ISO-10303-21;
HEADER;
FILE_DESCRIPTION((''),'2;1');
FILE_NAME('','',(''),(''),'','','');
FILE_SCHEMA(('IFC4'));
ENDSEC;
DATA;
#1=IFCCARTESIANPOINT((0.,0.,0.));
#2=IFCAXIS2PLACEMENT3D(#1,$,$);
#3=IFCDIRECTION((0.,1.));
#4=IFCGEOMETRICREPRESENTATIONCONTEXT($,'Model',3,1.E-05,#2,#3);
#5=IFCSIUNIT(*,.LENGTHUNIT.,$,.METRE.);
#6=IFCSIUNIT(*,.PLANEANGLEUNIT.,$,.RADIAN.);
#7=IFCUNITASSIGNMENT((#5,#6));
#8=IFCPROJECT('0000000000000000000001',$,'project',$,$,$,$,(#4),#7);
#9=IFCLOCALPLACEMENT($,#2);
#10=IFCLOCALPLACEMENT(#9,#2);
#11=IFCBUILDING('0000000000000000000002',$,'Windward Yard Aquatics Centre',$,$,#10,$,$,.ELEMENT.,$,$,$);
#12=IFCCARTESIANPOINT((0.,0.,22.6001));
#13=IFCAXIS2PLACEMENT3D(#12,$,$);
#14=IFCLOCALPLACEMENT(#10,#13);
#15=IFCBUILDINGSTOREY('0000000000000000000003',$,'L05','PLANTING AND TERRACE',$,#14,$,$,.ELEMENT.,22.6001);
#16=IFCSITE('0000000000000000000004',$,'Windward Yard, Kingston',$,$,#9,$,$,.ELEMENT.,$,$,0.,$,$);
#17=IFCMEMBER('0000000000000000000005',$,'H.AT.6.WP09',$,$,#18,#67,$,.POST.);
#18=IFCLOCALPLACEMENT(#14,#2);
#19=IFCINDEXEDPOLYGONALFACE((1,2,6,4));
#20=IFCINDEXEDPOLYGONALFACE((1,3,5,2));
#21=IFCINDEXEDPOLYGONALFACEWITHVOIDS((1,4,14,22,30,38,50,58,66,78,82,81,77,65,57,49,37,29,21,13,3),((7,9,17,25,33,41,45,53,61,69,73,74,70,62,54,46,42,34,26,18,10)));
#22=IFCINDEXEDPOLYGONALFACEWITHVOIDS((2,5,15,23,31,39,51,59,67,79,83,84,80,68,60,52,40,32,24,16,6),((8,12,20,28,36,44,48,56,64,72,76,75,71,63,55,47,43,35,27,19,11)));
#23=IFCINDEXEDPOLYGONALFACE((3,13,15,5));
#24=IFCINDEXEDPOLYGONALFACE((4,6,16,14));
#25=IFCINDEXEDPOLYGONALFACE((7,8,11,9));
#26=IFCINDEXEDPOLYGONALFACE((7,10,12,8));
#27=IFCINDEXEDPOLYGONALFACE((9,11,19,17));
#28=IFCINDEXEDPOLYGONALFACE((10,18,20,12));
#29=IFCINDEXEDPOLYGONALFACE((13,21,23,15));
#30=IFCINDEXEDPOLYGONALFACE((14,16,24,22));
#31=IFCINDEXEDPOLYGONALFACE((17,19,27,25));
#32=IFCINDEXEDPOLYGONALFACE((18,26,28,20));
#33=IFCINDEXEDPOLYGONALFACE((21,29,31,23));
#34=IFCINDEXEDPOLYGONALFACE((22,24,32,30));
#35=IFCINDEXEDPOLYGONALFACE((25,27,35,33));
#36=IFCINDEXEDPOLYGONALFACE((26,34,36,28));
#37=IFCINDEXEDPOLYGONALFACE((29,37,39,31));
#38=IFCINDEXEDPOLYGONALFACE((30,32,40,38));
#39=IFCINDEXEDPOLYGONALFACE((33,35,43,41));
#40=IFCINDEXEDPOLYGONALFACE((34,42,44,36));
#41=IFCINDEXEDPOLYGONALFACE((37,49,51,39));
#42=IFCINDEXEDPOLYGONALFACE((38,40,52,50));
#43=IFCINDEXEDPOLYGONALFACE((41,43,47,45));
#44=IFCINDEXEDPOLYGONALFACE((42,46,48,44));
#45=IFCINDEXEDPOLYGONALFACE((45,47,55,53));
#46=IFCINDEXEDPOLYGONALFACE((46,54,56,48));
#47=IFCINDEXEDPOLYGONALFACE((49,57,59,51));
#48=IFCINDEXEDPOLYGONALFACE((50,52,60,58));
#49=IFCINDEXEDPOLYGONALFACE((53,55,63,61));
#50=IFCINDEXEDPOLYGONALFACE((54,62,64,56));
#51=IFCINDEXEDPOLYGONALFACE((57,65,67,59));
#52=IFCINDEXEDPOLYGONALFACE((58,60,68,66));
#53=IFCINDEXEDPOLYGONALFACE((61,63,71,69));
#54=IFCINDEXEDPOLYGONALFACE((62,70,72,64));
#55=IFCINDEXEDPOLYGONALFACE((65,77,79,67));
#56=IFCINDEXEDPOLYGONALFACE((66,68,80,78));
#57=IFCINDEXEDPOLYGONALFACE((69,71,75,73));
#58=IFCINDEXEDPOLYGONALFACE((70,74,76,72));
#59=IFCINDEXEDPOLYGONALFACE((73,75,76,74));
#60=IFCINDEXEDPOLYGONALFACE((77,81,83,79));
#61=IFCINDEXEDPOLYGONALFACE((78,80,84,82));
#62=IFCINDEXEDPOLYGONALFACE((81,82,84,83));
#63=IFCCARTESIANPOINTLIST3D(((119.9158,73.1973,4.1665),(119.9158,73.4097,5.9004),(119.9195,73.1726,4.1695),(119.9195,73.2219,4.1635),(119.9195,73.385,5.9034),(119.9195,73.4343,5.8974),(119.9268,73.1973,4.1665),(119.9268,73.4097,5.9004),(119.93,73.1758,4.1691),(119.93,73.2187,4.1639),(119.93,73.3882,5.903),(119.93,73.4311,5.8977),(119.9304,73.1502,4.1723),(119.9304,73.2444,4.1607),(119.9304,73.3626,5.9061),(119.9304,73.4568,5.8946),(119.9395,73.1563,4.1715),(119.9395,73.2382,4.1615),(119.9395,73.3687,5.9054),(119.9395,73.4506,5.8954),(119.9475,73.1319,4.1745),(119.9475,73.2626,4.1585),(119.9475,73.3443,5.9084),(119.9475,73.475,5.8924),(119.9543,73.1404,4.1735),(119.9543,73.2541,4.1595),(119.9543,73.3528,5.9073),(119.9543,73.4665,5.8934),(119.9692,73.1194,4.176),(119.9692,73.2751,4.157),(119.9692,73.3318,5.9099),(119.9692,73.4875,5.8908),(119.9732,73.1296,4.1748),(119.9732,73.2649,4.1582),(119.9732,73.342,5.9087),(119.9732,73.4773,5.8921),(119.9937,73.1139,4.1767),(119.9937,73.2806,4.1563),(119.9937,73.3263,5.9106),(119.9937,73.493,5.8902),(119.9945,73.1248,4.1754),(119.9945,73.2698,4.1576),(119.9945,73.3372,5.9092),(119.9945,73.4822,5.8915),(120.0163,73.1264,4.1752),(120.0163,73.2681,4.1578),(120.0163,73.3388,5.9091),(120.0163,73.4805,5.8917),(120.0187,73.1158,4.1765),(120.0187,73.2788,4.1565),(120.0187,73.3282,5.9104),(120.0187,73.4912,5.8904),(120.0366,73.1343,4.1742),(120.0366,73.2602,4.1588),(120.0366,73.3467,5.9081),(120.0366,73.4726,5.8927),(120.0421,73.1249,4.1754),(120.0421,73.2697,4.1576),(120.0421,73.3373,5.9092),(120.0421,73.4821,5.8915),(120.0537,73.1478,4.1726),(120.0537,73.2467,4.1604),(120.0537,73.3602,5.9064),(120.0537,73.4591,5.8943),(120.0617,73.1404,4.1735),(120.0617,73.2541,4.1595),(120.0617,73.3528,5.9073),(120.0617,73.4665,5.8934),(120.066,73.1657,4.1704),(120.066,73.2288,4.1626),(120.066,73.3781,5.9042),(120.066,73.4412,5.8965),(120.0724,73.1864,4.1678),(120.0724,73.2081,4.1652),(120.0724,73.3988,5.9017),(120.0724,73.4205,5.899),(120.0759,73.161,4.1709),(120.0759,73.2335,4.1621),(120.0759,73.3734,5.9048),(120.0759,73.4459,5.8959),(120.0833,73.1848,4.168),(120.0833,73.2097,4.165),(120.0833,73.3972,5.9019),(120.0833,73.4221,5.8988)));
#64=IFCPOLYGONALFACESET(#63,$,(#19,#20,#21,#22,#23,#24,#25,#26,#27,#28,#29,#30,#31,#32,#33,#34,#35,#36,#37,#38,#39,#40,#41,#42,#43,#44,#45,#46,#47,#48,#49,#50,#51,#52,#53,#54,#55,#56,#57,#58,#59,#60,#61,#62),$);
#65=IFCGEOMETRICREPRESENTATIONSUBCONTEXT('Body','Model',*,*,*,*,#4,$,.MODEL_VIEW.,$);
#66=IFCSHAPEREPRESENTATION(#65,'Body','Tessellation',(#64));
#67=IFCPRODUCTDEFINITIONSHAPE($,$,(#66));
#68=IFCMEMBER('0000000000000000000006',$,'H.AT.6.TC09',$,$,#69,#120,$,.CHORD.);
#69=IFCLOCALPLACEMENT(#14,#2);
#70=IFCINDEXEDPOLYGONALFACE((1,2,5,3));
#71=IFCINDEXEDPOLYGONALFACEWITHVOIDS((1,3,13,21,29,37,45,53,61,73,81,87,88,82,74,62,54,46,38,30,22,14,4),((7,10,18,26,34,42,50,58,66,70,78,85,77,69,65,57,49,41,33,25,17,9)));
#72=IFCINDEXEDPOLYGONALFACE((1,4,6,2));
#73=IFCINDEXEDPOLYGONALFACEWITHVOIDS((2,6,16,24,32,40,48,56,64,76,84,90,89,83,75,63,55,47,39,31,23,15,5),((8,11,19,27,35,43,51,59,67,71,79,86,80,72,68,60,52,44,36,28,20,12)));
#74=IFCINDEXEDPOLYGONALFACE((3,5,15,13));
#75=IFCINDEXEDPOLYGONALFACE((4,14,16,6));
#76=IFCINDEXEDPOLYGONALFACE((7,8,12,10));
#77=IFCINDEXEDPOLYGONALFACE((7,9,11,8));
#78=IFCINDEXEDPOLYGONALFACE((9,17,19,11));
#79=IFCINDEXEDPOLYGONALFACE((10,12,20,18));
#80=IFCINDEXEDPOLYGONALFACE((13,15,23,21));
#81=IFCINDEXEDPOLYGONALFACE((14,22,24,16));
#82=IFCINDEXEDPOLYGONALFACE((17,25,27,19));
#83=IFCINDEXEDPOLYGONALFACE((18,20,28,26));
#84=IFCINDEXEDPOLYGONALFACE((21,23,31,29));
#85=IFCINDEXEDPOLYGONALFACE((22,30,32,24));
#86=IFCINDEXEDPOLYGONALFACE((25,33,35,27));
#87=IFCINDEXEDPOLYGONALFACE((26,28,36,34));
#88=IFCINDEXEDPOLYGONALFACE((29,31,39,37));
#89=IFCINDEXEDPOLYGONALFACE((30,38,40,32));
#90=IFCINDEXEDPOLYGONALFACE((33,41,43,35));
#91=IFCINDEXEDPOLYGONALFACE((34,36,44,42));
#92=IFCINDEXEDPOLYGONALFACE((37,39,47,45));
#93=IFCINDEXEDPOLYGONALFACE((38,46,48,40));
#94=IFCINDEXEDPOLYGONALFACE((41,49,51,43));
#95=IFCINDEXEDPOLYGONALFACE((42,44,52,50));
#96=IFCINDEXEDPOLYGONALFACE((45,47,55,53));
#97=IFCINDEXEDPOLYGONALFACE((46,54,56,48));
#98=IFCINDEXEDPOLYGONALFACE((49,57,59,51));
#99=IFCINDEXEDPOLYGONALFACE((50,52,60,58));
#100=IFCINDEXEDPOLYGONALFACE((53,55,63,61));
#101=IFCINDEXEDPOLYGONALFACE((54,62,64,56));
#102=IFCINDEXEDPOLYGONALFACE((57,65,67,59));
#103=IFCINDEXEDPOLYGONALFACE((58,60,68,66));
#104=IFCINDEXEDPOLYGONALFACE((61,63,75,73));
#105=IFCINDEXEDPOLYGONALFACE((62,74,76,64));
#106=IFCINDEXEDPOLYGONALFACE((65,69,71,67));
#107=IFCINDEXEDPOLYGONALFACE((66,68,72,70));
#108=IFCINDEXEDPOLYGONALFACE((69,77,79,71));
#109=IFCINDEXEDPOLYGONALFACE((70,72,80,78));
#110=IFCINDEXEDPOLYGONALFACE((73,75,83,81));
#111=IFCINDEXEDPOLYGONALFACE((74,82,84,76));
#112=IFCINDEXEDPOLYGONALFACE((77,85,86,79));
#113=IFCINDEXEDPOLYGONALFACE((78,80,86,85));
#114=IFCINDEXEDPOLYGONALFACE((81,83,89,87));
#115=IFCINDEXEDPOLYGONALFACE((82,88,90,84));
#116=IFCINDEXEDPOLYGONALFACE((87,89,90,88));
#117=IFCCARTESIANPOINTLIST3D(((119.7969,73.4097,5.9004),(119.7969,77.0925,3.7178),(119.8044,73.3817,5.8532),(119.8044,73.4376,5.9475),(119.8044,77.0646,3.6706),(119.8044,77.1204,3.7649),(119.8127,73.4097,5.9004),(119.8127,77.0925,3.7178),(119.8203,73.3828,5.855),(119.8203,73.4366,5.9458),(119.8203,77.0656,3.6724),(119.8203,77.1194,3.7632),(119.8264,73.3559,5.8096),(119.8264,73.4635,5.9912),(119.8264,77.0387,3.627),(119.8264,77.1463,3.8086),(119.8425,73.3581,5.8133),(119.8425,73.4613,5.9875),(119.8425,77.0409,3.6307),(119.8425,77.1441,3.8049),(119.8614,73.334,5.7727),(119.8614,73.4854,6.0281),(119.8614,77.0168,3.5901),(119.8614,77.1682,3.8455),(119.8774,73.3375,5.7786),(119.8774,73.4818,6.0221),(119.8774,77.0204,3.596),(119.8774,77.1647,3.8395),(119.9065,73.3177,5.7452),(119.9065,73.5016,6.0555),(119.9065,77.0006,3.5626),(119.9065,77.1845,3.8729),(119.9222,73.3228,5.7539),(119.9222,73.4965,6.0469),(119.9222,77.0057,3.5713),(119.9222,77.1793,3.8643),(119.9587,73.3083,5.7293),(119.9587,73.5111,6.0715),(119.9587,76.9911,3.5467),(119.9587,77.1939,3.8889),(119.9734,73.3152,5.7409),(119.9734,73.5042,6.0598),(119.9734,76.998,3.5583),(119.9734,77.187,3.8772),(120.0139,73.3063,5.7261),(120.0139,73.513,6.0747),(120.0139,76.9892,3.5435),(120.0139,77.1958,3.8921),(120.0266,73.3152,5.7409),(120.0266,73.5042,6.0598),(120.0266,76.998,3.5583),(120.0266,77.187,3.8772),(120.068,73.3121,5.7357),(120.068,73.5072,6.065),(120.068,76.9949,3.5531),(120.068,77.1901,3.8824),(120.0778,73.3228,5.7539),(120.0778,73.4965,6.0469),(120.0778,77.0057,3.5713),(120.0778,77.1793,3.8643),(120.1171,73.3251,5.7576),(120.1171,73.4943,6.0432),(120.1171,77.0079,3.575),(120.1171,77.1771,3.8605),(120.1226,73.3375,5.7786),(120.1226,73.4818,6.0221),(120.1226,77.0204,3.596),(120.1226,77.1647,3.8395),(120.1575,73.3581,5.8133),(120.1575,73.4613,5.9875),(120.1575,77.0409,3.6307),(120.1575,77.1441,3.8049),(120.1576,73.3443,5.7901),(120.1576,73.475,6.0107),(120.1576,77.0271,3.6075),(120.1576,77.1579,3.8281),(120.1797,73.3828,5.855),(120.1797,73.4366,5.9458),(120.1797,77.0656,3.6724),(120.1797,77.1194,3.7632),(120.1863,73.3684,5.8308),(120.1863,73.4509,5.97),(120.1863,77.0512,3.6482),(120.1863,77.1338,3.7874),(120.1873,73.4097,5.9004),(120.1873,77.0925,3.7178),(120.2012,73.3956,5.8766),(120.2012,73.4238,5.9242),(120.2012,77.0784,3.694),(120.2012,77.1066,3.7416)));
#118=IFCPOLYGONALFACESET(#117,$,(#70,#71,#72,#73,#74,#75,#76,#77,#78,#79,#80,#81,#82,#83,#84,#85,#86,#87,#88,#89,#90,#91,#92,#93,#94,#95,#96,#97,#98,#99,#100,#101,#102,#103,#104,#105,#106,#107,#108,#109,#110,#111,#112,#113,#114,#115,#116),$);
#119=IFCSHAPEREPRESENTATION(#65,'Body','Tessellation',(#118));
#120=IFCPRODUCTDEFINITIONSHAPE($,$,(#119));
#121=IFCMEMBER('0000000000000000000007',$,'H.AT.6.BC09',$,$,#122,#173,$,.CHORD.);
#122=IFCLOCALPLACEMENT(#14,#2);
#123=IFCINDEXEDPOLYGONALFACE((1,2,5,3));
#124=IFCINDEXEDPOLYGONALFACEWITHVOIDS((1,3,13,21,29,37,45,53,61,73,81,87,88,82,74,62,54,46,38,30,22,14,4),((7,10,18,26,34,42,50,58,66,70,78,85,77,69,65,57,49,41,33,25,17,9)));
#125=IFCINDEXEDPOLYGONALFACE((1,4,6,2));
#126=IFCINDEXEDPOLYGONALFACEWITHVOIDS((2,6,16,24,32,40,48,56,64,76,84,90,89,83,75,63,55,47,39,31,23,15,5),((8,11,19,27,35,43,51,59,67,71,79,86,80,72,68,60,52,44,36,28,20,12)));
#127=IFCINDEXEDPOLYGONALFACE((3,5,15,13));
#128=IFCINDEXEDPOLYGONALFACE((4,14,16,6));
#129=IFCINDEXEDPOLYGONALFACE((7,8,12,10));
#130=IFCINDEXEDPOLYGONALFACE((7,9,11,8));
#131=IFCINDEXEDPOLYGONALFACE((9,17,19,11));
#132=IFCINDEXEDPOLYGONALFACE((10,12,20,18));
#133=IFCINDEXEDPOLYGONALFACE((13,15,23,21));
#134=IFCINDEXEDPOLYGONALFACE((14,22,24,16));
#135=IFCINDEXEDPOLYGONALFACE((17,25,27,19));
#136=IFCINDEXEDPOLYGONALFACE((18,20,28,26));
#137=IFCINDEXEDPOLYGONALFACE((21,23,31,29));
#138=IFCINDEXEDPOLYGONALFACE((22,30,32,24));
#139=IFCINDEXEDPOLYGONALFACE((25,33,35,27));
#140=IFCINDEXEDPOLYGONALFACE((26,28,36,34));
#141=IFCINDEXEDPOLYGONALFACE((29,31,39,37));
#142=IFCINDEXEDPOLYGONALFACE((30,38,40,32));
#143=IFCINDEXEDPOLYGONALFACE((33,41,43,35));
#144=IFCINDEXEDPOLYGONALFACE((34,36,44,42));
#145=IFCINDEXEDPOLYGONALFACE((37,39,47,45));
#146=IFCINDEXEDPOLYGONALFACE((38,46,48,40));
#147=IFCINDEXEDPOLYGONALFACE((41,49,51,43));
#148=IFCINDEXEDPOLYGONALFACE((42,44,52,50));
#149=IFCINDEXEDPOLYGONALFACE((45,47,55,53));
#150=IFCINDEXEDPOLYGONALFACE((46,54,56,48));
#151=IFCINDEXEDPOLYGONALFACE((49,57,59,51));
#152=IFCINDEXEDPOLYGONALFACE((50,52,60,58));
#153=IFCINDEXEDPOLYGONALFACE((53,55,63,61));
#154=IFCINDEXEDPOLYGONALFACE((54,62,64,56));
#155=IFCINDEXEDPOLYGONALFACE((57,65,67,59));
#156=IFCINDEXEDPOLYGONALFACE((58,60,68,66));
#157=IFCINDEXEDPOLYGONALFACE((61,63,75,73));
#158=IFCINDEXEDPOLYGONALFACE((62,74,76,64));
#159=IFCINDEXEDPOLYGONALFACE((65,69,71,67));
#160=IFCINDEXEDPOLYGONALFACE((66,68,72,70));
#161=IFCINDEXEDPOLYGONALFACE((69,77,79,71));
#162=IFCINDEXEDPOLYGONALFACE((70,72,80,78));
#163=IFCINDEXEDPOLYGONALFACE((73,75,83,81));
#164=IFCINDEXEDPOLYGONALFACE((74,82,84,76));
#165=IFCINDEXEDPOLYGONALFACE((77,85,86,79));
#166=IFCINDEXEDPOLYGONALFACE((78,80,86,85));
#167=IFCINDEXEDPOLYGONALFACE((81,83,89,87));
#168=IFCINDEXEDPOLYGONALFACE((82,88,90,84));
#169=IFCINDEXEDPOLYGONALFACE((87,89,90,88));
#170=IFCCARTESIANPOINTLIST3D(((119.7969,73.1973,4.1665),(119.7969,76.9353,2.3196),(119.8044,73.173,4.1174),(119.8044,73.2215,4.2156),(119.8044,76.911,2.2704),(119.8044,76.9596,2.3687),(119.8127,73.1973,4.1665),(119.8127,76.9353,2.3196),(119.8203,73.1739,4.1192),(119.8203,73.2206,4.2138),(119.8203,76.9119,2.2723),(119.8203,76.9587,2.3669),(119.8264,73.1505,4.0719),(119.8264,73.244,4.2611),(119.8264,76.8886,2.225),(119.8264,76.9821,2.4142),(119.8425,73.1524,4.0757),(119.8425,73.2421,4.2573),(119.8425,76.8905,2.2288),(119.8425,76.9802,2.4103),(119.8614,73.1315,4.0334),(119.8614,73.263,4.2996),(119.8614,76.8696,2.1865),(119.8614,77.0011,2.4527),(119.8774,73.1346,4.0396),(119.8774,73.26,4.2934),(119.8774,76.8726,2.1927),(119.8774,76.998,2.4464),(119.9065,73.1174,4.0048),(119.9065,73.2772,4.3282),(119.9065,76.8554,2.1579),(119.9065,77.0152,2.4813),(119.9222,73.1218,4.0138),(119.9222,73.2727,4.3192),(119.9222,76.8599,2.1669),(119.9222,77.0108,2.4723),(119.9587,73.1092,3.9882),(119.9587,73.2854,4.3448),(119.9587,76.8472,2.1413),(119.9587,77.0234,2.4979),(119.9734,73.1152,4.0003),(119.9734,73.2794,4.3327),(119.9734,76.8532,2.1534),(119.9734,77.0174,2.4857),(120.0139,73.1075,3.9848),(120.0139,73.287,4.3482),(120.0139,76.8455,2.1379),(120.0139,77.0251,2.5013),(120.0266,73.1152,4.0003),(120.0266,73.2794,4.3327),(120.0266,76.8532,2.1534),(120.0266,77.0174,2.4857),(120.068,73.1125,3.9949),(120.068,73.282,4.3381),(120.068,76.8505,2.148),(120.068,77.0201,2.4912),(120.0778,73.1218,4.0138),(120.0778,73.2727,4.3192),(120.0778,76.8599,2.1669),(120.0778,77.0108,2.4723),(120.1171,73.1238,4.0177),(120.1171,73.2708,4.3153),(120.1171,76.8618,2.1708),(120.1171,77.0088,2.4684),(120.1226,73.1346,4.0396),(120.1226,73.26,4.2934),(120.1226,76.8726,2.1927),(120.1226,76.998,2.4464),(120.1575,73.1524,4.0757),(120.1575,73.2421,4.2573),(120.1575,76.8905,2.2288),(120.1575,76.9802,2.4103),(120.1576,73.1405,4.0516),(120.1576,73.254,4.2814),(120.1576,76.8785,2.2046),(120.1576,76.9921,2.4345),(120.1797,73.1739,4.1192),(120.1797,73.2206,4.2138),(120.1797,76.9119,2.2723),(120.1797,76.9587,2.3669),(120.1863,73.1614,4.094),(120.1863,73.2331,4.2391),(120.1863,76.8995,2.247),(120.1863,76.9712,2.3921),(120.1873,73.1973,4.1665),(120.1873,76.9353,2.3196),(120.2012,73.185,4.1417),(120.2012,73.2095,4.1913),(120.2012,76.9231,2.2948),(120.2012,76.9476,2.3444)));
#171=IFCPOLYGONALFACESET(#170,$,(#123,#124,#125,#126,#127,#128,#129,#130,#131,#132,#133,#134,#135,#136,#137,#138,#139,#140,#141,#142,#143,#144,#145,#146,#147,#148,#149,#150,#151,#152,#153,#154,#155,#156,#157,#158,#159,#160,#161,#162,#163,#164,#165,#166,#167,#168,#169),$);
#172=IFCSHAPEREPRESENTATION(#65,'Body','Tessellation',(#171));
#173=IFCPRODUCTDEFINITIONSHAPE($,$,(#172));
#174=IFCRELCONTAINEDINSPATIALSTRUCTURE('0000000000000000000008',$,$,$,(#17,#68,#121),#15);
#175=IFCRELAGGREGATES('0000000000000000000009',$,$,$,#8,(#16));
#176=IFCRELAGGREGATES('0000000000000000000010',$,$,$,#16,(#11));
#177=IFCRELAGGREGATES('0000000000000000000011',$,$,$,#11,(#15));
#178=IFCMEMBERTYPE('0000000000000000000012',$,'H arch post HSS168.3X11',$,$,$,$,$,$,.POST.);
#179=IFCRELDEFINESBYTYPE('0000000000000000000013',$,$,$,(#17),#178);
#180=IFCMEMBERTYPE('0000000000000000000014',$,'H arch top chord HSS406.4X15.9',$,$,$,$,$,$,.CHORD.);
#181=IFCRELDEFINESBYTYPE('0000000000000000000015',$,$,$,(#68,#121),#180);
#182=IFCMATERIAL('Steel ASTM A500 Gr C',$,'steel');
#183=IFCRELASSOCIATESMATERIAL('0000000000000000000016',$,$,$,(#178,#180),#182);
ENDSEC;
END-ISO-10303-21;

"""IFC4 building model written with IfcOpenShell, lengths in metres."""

from ifc_helpers import new_model, si_unit, direction, frame, origin, origin_2d, place, context, subcontext, project, spatial, hollow_circle, extrude, material, material_profile, profile_set, type_object, element, save


model = new_model("IFC4")

# Units and contexts
model_context = context("Model", 3, precision=1e-05, world=origin(), true_north=direction((0.0, 1.0)))
body_context = subcontext(model_context, "Body", "Model", "MODEL_VIEW")
ifc_project = project(units=[si_unit("LENGTHUNIT", "METRE"), si_unit("PLANEANGLEUNIT", "RADIAN")], contexts=[model_context])

# Site, building, storey
site_placement = place(None, origin())
site = spatial("IfcSite", under=ifc_project, at=site_placement, Name="Windward Yard, Kingston", CompositionType="ELEMENT", RefElevation=0.0)
building_placement = place(site_placement, origin())
building = spatial("IfcBuilding", under=site, at=building_placement, Name="Windward Yard Aquatics Centre", CompositionType="ELEMENT")
storey_placement = place(building_placement, frame((0.0, 0.0, 22.6001)))
storey = spatial("IfcBuildingStorey", under=building, at=storey_placement, Name="L05", Description="PLANTING AND TERRACE", CompositionType="ELEMENT", Elevation=22.6001)

# Members
ifc_material_1 = material(Name="Steel ASTM A500 Gr C", Category="steel")
ifc_material_profile_1 = material_profile(ifc_material_1, hollow_circle(Radius=0.0842, WallThickness=0.011, at=origin_2d()), Name="HSS168.3X11")
ifc_profile_set_1 = profile_set([ifc_material_profile_1], Name="Steel ASTM A500 Gr C")
member_type_1 = type_object("IfcMemberType", Name="H arch post HSS168.3X11", PredefinedType="POST", material=ifc_profile_set_1)
member_1_placement = place(storey_placement, frame((120.0, 73.1973, 4.1665), z_axis=(0.0, 0.121592, 0.99258), x_axis=(-1.0, 0.0, 0.0)))
element("IfcMember", 1, at=member_1_placement, inside=storey, type_object=member_type_1, Name="H.AT.6.WP09", PredefinedType="POST", context=body_context, shape_type="SweptSolid", body=[
    extrude(hollow_circle(Radius=0.0842, WallThickness=0.011, at=origin_2d()), origin(), (0.0, 0.0, 1.0), 1.7468),
])
ifc_material_profile_2 = material_profile(ifc_material_1, hollow_circle(Radius=0.2031, WallThickness=0.0159, at=origin_2d()), Name="HSS406.4X15.9")
ifc_profile_set_2 = profile_set([ifc_material_profile_2], Name="Steel ASTM A500 Gr C")
member_type_2 = type_object("IfcMemberType", Name="H arch top chord HSS406.4X15.9", PredefinedType="CHORD", material=ifc_profile_set_2)
member_2_placement = place(storey_placement, frame((120.0, 73.4097, 5.9004), z_axis=(0.0, 0.860273, -0.509834), x_axis=(-1.0, 0.0, 0.0)))
element("IfcMember", 2, at=member_2_placement, inside=storey, type_object=member_type_2, Name="H.AT.6.TC09", PredefinedType="CHORD", context=body_context, shape_type="SweptSolid", body=[
    extrude(hollow_circle(Radius=0.2031, WallThickness=0.0159, at=origin_2d()), origin(), (0.0, 0.0, 1.0), 4.281),
])
member_3_placement = place(storey_placement, frame((120.0, 73.1973, 4.1665), z_axis=(0.0, 0.896537, -0.442969), x_axis=(-1.0, 0.0, 0.0)))
element("IfcMember", 3, at=member_3_placement, inside=storey, type_object=member_type_2, Name="H.AT.6.BC09", PredefinedType="CHORD", context=body_context, shape_type="SweptSolid", body=[
    extrude(hollow_circle(Radius=0.2031, WallThickness=0.0159, at=origin_2d()), origin(), (0.0, 0.0, 1.0), 4.1694),
])

save(model, "model.ifc")
